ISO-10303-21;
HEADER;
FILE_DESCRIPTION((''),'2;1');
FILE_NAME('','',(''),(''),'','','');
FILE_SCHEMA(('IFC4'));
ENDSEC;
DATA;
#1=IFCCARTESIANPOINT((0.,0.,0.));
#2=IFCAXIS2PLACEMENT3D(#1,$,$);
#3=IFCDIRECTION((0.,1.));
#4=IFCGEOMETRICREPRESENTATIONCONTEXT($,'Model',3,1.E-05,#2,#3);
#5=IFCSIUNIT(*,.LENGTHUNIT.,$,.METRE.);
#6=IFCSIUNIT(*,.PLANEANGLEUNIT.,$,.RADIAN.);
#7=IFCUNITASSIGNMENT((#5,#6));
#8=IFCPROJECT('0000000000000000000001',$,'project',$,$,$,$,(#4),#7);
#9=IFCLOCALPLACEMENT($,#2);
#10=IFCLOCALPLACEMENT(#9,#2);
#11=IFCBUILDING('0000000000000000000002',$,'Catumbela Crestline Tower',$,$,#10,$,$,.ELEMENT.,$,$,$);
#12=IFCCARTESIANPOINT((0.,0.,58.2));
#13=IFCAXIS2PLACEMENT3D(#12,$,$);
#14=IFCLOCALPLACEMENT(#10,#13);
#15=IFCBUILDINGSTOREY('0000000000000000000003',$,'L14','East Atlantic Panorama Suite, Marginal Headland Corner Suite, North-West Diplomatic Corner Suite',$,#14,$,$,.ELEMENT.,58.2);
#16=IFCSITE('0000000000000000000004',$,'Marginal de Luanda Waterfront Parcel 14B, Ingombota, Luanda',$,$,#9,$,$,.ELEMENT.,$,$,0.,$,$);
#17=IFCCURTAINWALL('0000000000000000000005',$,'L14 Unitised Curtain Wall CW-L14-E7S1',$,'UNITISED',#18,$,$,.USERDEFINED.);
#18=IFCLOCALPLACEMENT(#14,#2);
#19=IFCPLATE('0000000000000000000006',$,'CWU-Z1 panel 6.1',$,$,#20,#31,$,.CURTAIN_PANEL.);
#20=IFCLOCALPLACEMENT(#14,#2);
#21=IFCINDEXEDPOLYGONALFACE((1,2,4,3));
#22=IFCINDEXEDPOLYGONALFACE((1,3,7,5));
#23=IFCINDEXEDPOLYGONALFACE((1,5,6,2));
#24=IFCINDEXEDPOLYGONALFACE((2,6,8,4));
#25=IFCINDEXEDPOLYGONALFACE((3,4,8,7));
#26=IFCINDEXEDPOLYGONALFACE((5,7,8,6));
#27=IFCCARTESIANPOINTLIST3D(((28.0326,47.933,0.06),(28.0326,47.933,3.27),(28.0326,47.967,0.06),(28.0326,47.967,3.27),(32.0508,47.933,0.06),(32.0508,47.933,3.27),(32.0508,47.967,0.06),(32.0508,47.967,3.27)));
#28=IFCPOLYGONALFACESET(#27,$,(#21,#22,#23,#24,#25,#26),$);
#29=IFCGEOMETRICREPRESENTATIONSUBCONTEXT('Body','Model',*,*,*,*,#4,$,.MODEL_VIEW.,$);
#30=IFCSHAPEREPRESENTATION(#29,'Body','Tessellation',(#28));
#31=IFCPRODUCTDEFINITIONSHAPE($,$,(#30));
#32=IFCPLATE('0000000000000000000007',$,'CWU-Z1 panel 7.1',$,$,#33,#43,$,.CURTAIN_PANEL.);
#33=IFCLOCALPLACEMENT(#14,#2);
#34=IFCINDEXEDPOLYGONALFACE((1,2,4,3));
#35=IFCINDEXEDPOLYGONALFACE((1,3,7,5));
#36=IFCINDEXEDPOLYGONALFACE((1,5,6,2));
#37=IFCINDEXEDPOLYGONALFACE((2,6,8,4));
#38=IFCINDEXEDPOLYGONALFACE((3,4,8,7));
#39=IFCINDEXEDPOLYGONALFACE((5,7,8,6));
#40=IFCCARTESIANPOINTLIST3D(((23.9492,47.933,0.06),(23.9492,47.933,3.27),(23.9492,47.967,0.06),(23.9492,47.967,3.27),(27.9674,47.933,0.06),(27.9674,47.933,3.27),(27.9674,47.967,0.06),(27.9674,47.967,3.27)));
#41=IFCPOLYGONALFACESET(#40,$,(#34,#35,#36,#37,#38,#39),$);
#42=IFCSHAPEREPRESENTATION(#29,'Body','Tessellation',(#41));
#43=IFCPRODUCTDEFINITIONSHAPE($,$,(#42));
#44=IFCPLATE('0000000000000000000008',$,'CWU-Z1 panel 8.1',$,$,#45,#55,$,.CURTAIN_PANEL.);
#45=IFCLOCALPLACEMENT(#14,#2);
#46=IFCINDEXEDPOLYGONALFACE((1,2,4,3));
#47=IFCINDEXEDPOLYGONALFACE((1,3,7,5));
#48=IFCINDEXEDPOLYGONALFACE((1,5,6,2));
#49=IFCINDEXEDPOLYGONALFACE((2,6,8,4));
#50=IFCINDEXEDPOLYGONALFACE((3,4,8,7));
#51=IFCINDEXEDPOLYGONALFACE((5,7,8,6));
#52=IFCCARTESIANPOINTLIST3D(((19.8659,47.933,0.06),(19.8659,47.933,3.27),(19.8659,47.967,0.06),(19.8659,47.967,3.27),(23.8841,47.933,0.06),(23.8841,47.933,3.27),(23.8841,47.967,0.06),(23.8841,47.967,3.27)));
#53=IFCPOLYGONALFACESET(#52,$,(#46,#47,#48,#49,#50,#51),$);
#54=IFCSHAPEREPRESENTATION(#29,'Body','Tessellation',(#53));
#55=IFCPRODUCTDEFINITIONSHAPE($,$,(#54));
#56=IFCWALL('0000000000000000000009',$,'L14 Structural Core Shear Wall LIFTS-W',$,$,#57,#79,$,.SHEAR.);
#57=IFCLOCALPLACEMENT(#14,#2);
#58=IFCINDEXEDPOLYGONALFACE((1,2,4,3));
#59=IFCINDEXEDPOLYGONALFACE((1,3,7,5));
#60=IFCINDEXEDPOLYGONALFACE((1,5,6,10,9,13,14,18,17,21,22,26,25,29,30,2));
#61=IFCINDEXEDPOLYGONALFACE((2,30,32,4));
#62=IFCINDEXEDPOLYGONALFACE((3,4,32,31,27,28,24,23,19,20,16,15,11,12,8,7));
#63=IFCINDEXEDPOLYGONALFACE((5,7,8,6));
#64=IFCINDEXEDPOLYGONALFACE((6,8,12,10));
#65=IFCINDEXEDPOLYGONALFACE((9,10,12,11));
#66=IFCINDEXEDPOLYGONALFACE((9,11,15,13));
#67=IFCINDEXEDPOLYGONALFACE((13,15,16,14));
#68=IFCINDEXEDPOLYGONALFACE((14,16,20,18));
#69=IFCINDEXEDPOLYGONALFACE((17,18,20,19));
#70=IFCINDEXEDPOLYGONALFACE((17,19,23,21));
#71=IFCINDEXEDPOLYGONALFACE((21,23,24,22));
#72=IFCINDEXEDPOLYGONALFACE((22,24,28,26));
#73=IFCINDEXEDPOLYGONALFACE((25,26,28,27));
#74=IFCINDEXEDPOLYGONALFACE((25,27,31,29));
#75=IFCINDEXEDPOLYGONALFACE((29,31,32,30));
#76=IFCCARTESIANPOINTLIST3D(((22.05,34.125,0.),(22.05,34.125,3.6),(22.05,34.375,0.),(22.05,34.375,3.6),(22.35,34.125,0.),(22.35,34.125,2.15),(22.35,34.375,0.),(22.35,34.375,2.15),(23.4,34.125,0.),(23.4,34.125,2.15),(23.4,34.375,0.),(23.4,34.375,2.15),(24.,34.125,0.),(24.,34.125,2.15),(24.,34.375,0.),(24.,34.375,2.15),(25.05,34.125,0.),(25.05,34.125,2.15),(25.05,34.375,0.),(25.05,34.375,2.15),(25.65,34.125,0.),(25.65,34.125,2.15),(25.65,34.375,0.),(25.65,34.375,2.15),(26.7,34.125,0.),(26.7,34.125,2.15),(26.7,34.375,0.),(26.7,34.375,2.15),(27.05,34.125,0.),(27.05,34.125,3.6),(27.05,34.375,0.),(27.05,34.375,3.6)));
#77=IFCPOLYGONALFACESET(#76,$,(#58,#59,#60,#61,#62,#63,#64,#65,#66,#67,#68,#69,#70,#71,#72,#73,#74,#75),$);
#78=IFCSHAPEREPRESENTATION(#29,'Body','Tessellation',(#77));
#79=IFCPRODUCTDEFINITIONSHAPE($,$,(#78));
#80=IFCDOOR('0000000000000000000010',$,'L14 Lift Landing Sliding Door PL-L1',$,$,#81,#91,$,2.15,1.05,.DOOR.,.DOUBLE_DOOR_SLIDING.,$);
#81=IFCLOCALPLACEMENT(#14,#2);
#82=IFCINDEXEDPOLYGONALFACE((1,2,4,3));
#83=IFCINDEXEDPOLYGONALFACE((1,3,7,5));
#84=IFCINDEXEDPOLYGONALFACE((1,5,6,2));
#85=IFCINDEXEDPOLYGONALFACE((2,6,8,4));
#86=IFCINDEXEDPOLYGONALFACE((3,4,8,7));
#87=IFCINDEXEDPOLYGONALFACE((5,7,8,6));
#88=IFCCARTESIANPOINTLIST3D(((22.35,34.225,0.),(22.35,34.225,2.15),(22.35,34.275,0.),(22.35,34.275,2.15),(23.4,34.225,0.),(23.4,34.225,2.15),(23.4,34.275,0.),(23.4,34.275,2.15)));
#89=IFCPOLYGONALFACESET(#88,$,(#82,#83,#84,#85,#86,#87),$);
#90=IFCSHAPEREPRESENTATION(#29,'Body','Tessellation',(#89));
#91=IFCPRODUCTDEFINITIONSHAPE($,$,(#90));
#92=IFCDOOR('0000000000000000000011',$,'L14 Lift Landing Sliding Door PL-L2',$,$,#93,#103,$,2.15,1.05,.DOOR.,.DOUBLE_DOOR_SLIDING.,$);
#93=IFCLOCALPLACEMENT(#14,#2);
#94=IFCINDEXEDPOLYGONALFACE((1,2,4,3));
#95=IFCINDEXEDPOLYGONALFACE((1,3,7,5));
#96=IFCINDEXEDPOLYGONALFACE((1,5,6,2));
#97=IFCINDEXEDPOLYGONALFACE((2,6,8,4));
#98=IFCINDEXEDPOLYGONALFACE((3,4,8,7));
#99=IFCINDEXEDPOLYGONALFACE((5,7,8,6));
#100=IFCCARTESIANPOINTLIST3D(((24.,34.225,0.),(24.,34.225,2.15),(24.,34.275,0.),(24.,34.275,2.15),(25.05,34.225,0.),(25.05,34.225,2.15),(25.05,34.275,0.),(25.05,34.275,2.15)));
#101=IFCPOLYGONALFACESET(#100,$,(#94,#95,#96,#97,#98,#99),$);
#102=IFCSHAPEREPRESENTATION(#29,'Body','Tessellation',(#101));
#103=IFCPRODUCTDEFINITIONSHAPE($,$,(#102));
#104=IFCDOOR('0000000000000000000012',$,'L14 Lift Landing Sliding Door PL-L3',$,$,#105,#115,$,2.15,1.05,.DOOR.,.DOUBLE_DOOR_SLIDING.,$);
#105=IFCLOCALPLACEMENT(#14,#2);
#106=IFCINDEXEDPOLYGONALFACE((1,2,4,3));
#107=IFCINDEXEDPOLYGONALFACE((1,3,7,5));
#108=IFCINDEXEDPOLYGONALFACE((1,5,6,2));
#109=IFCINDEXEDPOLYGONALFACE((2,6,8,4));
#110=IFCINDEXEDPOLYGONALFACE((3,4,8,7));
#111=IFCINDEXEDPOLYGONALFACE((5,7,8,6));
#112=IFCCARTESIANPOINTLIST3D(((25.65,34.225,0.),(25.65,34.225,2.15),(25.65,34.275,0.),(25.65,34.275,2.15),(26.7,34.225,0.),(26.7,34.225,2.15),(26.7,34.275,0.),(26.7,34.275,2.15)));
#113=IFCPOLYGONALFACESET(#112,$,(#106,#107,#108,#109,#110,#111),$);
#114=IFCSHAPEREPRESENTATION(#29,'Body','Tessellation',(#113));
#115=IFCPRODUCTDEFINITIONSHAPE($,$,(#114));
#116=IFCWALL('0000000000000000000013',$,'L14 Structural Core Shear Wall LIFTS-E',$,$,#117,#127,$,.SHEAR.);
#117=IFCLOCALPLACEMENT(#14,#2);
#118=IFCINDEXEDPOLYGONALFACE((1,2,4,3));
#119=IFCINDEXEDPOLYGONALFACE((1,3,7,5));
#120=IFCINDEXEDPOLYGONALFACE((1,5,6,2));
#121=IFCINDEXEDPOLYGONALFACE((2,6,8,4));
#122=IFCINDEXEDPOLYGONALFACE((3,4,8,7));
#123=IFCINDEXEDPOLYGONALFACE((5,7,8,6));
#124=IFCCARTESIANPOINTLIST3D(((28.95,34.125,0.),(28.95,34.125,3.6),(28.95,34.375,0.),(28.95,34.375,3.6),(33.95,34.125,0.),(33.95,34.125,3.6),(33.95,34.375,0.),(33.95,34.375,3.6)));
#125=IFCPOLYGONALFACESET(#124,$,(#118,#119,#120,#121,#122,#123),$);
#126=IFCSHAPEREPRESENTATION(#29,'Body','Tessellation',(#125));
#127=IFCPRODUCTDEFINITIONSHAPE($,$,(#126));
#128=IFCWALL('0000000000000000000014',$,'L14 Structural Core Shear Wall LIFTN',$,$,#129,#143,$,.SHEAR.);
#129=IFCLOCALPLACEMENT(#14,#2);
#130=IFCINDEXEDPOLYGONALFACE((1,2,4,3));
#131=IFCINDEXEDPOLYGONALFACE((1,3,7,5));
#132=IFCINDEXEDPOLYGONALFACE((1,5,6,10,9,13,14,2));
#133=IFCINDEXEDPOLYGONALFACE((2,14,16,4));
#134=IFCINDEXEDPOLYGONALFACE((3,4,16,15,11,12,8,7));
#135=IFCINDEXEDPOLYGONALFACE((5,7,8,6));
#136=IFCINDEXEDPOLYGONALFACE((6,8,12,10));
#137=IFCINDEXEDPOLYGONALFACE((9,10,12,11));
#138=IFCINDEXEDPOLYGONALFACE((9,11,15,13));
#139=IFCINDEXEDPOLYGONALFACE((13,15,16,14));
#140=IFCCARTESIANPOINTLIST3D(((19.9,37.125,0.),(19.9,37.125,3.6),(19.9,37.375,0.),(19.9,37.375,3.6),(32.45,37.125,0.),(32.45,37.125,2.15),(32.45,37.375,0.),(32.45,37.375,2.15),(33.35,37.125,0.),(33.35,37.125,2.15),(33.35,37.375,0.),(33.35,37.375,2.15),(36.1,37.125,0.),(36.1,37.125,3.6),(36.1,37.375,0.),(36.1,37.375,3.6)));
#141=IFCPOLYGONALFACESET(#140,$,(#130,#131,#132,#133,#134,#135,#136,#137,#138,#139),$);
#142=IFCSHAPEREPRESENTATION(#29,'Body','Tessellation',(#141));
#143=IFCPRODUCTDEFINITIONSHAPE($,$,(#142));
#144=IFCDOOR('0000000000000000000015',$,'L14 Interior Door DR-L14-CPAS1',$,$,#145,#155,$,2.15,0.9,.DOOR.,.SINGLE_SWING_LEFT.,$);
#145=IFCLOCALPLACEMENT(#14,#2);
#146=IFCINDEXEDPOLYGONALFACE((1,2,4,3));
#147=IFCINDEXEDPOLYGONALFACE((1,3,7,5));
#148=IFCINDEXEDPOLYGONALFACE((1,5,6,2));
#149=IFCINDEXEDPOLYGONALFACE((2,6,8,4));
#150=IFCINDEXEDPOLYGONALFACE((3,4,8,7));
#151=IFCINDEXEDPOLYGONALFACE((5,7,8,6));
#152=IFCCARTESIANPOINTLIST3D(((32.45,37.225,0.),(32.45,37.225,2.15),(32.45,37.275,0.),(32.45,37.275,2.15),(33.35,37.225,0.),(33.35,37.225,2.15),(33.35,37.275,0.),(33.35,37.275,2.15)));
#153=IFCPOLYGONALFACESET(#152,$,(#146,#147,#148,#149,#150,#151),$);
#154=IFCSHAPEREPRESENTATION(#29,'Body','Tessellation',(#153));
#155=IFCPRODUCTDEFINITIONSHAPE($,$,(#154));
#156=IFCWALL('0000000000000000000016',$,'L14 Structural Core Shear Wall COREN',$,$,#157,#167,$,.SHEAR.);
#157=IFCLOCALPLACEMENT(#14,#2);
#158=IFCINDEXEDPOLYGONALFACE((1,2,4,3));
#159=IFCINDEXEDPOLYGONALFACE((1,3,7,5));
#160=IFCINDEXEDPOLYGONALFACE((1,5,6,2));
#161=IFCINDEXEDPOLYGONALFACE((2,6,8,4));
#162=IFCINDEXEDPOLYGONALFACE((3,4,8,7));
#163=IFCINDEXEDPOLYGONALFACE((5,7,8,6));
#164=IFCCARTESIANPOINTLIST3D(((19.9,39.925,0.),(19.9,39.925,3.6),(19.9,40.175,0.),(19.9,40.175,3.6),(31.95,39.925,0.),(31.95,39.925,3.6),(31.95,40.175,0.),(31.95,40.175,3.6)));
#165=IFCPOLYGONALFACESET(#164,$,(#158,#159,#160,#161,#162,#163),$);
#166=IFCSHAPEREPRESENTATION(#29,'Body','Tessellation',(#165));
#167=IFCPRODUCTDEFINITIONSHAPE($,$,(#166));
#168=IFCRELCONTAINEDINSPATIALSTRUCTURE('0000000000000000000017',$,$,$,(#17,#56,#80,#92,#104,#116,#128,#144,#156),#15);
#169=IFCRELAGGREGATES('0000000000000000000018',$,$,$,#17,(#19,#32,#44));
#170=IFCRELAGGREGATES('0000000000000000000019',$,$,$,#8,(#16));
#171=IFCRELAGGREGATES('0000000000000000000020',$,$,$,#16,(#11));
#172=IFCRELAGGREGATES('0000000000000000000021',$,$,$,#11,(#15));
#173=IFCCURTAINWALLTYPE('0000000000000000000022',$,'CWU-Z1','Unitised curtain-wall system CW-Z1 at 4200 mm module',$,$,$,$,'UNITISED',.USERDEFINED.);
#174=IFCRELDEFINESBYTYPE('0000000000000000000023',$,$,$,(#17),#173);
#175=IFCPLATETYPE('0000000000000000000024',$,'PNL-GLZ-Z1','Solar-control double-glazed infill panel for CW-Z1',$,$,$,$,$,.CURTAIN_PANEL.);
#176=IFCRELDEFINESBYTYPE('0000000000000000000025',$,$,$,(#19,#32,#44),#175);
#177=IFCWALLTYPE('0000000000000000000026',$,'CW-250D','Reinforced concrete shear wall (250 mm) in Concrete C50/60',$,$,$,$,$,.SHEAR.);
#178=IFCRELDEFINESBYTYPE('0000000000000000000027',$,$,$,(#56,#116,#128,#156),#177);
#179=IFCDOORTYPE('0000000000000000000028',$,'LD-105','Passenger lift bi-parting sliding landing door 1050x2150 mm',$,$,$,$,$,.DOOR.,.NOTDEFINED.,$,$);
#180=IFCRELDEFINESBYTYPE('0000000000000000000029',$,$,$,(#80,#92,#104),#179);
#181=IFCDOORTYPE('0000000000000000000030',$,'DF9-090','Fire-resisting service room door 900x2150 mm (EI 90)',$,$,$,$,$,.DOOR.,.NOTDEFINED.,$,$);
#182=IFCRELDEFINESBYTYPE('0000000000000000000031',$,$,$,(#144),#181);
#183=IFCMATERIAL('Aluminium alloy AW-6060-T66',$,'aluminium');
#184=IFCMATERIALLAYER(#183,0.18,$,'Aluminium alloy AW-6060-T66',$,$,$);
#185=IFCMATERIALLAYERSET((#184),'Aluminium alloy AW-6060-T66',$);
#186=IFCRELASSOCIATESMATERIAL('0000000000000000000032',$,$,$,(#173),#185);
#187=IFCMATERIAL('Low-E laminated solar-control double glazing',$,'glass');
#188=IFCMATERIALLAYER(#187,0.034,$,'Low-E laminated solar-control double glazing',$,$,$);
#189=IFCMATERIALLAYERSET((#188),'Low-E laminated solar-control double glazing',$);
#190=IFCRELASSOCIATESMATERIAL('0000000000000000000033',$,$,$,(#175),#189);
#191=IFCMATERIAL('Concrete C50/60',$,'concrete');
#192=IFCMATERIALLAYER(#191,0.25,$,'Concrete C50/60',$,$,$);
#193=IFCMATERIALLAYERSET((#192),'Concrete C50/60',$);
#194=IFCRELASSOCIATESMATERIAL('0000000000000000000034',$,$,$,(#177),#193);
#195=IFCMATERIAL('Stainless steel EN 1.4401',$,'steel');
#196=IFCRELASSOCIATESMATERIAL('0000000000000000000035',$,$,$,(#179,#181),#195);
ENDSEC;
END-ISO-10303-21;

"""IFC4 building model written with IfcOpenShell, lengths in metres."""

from ifc_helpers import new_model, si_unit, direction, frame, frame_2d, origin, origin_2d, place, context, subcontext, project, spatial, rectangle, extrude, material, layer, layer_set, type_object, element, fill, aggregate, save


model = new_model("IFC4")

# Units and contexts
model_context = context("Model", 3, precision=1e-05, world=origin(), true_north=direction((0.0, 1.0)))
body_context = subcontext(model_context, "Body", "Model", "MODEL_VIEW")
ifc_project = project(units=[si_unit("LENGTHUNIT", "METRE"), si_unit("PLANEANGLEUNIT", "RADIAN")], contexts=[model_context])

# Site, building, storey
site_placement = place(None, origin())
site = spatial("IfcSite", under=ifc_project, at=site_placement, Name="Marginal de Luanda Waterfront Parcel 14B, Ingombota, Luanda", CompositionType="ELEMENT", RefElevation=0.0)
building_placement = place(site_placement, origin())
building = spatial("IfcBuilding", under=site, at=building_placement, Name="Catumbela Crestline Tower", CompositionType="ELEMENT")
storey_placement = place(building_placement, frame((0.0, 0.0, 58.2)))
storey = spatial("IfcBuildingStorey", under=building, at=storey_placement, Name="L14", Description="East Atlantic Panorama Suite, Marginal Headland Corner Suite, North-West Diplomatic Corner Suite", CompositionType="ELEMENT", Elevation=58.2)

# Curtain wall, plates
ifc_material_1 = material(Name="Aluminium alloy AW-6060-T66", Category="aluminium")
ifc_layer_1 = layer(ifc_material_1, 0.18, Name="Aluminium alloy AW-6060-T66")
ifc_layer_set_1 = layer_set([ifc_layer_1], Name="Aluminium alloy AW-6060-T66")
curtain_wall_type = type_object("IfcCurtainWallType", Name="CWU-Z1", Description="Unitised curtain-wall system CW-Z1 at 4200 mm module", ElementType="UNITISED", PredefinedType="USERDEFINED", material=ifc_layer_set_1)
curtain_wall_placement = place(storey_placement, origin())
curtain_wall = element("IfcCurtainWall", 1, at=curtain_wall_placement, inside=storey, type_object=curtain_wall_type, Name="L14 Unitised Curtain Wall CW-L14-E7S1", ObjectType="UNITISED", PredefinedType="USERDEFINED")
ifc_material_2 = material(Name="Low-E laminated solar-control double glazing", Category="glass")
ifc_layer_2 = layer(ifc_material_2, 0.034, Name="Low-E laminated solar-control double glazing")
ifc_layer_set_2 = layer_set([ifc_layer_2], Name="Low-E laminated solar-control double glazing")
plate_type = type_object("IfcPlateType", Name="PNL-GLZ-Z1", Description="Solar-control double-glazed infill panel for CW-Z1", PredefinedType="CURTAIN_PANEL", material=ifc_layer_set_2)
plate_1_placement = place(storey_placement, frame((30.0417, 47.95, 0.06), z_axis=(0.0, 0.0, 1.0), x_axis=(-1.0, 0.0, 0.0)))
plate_1 = element("IfcPlate", 2, at=plate_1_placement, type_object=plate_type, Name="CWU-Z1 panel 6.1", PredefinedType="CURTAIN_PANEL", context=body_context, shape_type="SweptSolid", body=[
    extrude(rectangle(XDim=4.0183, YDim=0.034, at=origin_2d()), origin(), (0.0, 0.0, 1.0), 3.21),
])
plate_2_placement = place(storey_placement, frame((25.9583, 47.95, 0.06), z_axis=(0.0, 0.0, 1.0), x_axis=(-1.0, 0.0, 0.0)))
plate_2 = element("IfcPlate", 3, at=plate_2_placement, type_object=plate_type, Name="CWU-Z1 panel 7.1", PredefinedType="CURTAIN_PANEL", context=body_context, shape_type="SweptSolid", body=[
    extrude(rectangle(XDim=4.0183, YDim=0.034, at=origin_2d()), origin(), (0.0, 0.0, 1.0), 3.21),
])
plate_3_placement = place(storey_placement, frame((21.875, 47.95, 0.06), z_axis=(0.0, 0.0, 1.0), x_axis=(-1.0, 0.0, 0.0)))
plate_3 = element("IfcPlate", 4, at=plate_3_placement, type_object=plate_type, Name="CWU-Z1 panel 8.1", PredefinedType="CURTAIN_PANEL", context=body_context, shape_type="SweptSolid", body=[
    extrude(rectangle(XDim=4.0183, YDim=0.034, at=origin_2d()), origin(), (0.0, 0.0, 1.0), 3.21),
])
aggregate(curtain_wall, [plate_1, plate_2, plate_3])

# Wall, openings, doors
ifc_material_3 = material(Name="Concrete C50/60", Category="concrete")
ifc_layer_3 = layer(ifc_material_3, 0.25, Name="Concrete C50/60")
ifc_layer_set_3 = layer_set([ifc_layer_3], Name="Concrete C50/60")
wall_type_1 = type_object("IfcWallType", Name="CW-250D", Description="Reinforced concrete shear wall (250 mm) in Concrete C50/60", PredefinedType="SHEAR", material=ifc_layer_set_3)
wall_1_placement = place(storey_placement, frame((22.05, 34.25, 0.0), z_axis=(0.0, 0.0, 1.0), x_axis=(1.0, 0.0, 0.0)))
wall_1 = element("IfcWall", 5, at=wall_1_placement, inside=storey, type_object=wall_type_1, Name="L14 Structural Core Shear Wall LIFTS-W", PredefinedType="SHEAR", context=body_context, shape_type="SweptSolid", body=[
    extrude(rectangle(XDim=5.0, YDim=0.25, at=frame_2d((2.5, 0.0))), origin(), (0.0, 0.0, 1.0), 3.6),
])
opening_1_placement = place(wall_1_placement, frame((0.3, 0.0, 0.0)))
opening_1 = element("IfcOpeningElement", 6, at=opening_1_placement, cuts=wall_1, PredefinedType="OPENING", context=body_context, shape_type="SweptSolid", body=[
    extrude(rectangle(XDim=1.05, YDim=2.15, at=frame_2d((0.525, 1.075))), frame((0.0, 0.135, 0.0), z_axis=(0.0, -1.0, 0.0), x_axis=(1.0, 0.0, 0.0)), (0.0, 0.0, 1.0), 0.27),
])
opening_2_placement = place(wall_1_placement, frame((1.95, 0.0, 0.0)))
opening_2 = element("IfcOpeningElement", 7, at=opening_2_placement, cuts=wall_1, PredefinedType="OPENING", context=body_context, shape_type="SweptSolid", body=[
    extrude(rectangle(XDim=1.05, YDim=2.15, at=frame_2d((0.525, 1.075))), frame((0.0, 0.135, 0.0), z_axis=(0.0, -1.0, 0.0), x_axis=(1.0, 0.0, 0.0)), (0.0, 0.0, 1.0), 0.27),
])
opening_3_placement = place(wall_1_placement, frame((3.6, 0.0, 0.0)))
opening_3 = element("IfcOpeningElement", 8, at=opening_3_placement, cuts=wall_1, PredefinedType="OPENING", context=body_context, shape_type="SweptSolid", body=[
    extrude(rectangle(XDim=1.05, YDim=2.15, at=frame_2d((0.525, 1.075))), frame((0.0, 0.135, 0.0), z_axis=(0.0, -1.0, 0.0), x_axis=(1.0, 0.0, 0.0)), (0.0, 0.0, 1.0), 0.27),
])
ifc_material_4 = material(Name="Stainless steel EN 1.4401", Category="steel")
door_type_1 = type_object("IfcDoorType", Name="LD-105", Description="Passenger lift bi-parting sliding landing door 1050x2150 mm", OperationType="NOTDEFINED", PredefinedType="DOOR", material=ifc_material_4)
door_1_placement = place(opening_1_placement, origin())
door_1 = element("IfcDoor", 9, at=door_1_placement, inside=storey, type_object=door_type_1, Name="L14 Lift Landing Sliding Door PL-L1", OperationType="DOUBLE_DOOR_SLIDING", OverallHeight=2.15, OverallWidth=1.05, PredefinedType="DOOR", context=body_context, shape_type="SweptSolid", body=[
    extrude(rectangle(XDim=1.05, YDim=2.15, at=frame_2d((0.525, 1.075))), frame((0.0, 0.025, 0.0), z_axis=(0.0, -1.0, 0.0), x_axis=(1.0, 0.0, 0.0)), (0.0, 0.0, 1.0), 0.05),
])
fill(opening_1, door_1)
door_2_placement = place(opening_2_placement, origin())
door_2 = element("IfcDoor", 10, at=door_2_placement, inside=storey, type_object=door_type_1, Name="L14 Lift Landing Sliding Door PL-L2", OperationType="DOUBLE_DOOR_SLIDING", OverallHeight=2.15, OverallWidth=1.05, PredefinedType="DOOR", context=body_context, shape_type="SweptSolid", body=[
    extrude(rectangle(XDim=1.05, YDim=2.15, at=frame_2d((0.525, 1.075))), frame((0.0, 0.025, 0.0), z_axis=(0.0, -1.0, 0.0), x_axis=(1.0, 0.0, 0.0)), (0.0, 0.0, 1.0), 0.05),
])
fill(opening_2, door_2)
door_3_placement = place(opening_3_placement, origin())
door_3 = element("IfcDoor", 11, at=door_3_placement, inside=storey, type_object=door_type_1, Name="L14 Lift Landing Sliding Door PL-L3", OperationType="DOUBLE_DOOR_SLIDING", OverallHeight=2.15, OverallWidth=1.05, PredefinedType="DOOR", context=body_context, shape_type="SweptSolid", body=[
    extrude(rectangle(XDim=1.05, YDim=2.15, at=frame_2d((0.525, 1.075))), frame((0.0, 0.025, 0.0), z_axis=(0.0, -1.0, 0.0), x_axis=(1.0, 0.0, 0.0)), (0.0, 0.0, 1.0), 0.05),
])
fill(opening_3, door_3)

# Wall
wall_2_placement = place(storey_placement, frame((28.95, 34.25, 0.0), z_axis=(0.0, 0.0, 1.0), x_axis=(1.0, 0.0, 0.0)))
element("IfcWall", 12, at=wall_2_placement, inside=storey, type_object=wall_type_1, Name="L14 Structural Core Shear Wall LIFTS-E", PredefinedType="SHEAR", context=body_context, shape_type="SweptSolid", body=[
    extrude(rectangle(XDim=5.0, YDim=0.25, at=frame_2d((2.5, 0.0))), origin(), (0.0, 0.0, 1.0), 3.6),
])

# Wall, opening, door
wall_3_placement = place(storey_placement, frame((19.9, 37.25, 0.0), z_axis=(0.0, 0.0, 1.0), x_axis=(1.0, 0.0, 0.0)))
wall_3 = element("IfcWall", 13, at=wall_3_placement, inside=storey, type_object=wall_type_1, Name="L14 Structural Core Shear Wall LIFTN", PredefinedType="SHEAR", context=body_context, shape_type="SweptSolid", body=[
    extrude(rectangle(XDim=16.2, YDim=0.25, at=frame_2d((8.1, 0.0))), origin(), (0.0, 0.0, 1.0), 3.6),
])
opening_4_placement = place(wall_3_placement, frame((12.55, 0.0, 0.0)))
opening_4 = element("IfcOpeningElement", 14, at=opening_4_placement, cuts=wall_3, PredefinedType="OPENING", context=body_context, shape_type="SweptSolid", body=[
    extrude(rectangle(XDim=0.9, YDim=2.15, at=frame_2d((0.45, 1.075))), frame((0.0, 0.135, 0.0), z_axis=(0.0, -1.0, 0.0), x_axis=(1.0, 0.0, 0.0)), (0.0, 0.0, 1.0), 0.27),
])
door_type_2 = type_object("IfcDoorType", Name="DF9-090", Description="Fire-resisting service room door 900x2150 mm (EI 90)", OperationType="NOTDEFINED", PredefinedType="DOOR", material=ifc_material_4)
door_4_placement = place(opening_4_placement, origin())
door_4 = element("IfcDoor", 15, at=door_4_placement, inside=storey, type_object=door_type_2, Name="L14 Interior Door DR-L14-CPAS1", OperationType="SINGLE_SWING_LEFT", OverallHeight=2.15, OverallWidth=0.9, PredefinedType="DOOR", context=body_context, shape_type="SweptSolid", body=[
    extrude(rectangle(XDim=0.9, YDim=2.15, at=frame_2d((0.45, 1.075))), frame((0.0, 0.025, 0.0), z_axis=(0.0, -1.0, 0.0), x_axis=(1.0, 0.0, 0.0)), (0.0, 0.0, 1.0), 0.05),
])
fill(opening_4, door_4)

# Wall
wall_4_placement = place(storey_placement, frame((19.9, 40.05, 0.0), z_axis=(0.0, 0.0, 1.0), x_axis=(1.0, 0.0, 0.0)))
element("IfcWall", 16, at=wall_4_placement, inside=storey, type_object=wall_type_1, Name="L14 Structural Core Shear Wall COREN", PredefinedType="SHEAR", context=body_context, shape_type="SweptSolid", body=[
    extrude(rectangle(XDim=12.05, YDim=0.25, at=frame_2d((6.025, 0.0))), origin(), (0.0, 0.0, 1.0), 3.6),
])

save(model, "model.ifc")
